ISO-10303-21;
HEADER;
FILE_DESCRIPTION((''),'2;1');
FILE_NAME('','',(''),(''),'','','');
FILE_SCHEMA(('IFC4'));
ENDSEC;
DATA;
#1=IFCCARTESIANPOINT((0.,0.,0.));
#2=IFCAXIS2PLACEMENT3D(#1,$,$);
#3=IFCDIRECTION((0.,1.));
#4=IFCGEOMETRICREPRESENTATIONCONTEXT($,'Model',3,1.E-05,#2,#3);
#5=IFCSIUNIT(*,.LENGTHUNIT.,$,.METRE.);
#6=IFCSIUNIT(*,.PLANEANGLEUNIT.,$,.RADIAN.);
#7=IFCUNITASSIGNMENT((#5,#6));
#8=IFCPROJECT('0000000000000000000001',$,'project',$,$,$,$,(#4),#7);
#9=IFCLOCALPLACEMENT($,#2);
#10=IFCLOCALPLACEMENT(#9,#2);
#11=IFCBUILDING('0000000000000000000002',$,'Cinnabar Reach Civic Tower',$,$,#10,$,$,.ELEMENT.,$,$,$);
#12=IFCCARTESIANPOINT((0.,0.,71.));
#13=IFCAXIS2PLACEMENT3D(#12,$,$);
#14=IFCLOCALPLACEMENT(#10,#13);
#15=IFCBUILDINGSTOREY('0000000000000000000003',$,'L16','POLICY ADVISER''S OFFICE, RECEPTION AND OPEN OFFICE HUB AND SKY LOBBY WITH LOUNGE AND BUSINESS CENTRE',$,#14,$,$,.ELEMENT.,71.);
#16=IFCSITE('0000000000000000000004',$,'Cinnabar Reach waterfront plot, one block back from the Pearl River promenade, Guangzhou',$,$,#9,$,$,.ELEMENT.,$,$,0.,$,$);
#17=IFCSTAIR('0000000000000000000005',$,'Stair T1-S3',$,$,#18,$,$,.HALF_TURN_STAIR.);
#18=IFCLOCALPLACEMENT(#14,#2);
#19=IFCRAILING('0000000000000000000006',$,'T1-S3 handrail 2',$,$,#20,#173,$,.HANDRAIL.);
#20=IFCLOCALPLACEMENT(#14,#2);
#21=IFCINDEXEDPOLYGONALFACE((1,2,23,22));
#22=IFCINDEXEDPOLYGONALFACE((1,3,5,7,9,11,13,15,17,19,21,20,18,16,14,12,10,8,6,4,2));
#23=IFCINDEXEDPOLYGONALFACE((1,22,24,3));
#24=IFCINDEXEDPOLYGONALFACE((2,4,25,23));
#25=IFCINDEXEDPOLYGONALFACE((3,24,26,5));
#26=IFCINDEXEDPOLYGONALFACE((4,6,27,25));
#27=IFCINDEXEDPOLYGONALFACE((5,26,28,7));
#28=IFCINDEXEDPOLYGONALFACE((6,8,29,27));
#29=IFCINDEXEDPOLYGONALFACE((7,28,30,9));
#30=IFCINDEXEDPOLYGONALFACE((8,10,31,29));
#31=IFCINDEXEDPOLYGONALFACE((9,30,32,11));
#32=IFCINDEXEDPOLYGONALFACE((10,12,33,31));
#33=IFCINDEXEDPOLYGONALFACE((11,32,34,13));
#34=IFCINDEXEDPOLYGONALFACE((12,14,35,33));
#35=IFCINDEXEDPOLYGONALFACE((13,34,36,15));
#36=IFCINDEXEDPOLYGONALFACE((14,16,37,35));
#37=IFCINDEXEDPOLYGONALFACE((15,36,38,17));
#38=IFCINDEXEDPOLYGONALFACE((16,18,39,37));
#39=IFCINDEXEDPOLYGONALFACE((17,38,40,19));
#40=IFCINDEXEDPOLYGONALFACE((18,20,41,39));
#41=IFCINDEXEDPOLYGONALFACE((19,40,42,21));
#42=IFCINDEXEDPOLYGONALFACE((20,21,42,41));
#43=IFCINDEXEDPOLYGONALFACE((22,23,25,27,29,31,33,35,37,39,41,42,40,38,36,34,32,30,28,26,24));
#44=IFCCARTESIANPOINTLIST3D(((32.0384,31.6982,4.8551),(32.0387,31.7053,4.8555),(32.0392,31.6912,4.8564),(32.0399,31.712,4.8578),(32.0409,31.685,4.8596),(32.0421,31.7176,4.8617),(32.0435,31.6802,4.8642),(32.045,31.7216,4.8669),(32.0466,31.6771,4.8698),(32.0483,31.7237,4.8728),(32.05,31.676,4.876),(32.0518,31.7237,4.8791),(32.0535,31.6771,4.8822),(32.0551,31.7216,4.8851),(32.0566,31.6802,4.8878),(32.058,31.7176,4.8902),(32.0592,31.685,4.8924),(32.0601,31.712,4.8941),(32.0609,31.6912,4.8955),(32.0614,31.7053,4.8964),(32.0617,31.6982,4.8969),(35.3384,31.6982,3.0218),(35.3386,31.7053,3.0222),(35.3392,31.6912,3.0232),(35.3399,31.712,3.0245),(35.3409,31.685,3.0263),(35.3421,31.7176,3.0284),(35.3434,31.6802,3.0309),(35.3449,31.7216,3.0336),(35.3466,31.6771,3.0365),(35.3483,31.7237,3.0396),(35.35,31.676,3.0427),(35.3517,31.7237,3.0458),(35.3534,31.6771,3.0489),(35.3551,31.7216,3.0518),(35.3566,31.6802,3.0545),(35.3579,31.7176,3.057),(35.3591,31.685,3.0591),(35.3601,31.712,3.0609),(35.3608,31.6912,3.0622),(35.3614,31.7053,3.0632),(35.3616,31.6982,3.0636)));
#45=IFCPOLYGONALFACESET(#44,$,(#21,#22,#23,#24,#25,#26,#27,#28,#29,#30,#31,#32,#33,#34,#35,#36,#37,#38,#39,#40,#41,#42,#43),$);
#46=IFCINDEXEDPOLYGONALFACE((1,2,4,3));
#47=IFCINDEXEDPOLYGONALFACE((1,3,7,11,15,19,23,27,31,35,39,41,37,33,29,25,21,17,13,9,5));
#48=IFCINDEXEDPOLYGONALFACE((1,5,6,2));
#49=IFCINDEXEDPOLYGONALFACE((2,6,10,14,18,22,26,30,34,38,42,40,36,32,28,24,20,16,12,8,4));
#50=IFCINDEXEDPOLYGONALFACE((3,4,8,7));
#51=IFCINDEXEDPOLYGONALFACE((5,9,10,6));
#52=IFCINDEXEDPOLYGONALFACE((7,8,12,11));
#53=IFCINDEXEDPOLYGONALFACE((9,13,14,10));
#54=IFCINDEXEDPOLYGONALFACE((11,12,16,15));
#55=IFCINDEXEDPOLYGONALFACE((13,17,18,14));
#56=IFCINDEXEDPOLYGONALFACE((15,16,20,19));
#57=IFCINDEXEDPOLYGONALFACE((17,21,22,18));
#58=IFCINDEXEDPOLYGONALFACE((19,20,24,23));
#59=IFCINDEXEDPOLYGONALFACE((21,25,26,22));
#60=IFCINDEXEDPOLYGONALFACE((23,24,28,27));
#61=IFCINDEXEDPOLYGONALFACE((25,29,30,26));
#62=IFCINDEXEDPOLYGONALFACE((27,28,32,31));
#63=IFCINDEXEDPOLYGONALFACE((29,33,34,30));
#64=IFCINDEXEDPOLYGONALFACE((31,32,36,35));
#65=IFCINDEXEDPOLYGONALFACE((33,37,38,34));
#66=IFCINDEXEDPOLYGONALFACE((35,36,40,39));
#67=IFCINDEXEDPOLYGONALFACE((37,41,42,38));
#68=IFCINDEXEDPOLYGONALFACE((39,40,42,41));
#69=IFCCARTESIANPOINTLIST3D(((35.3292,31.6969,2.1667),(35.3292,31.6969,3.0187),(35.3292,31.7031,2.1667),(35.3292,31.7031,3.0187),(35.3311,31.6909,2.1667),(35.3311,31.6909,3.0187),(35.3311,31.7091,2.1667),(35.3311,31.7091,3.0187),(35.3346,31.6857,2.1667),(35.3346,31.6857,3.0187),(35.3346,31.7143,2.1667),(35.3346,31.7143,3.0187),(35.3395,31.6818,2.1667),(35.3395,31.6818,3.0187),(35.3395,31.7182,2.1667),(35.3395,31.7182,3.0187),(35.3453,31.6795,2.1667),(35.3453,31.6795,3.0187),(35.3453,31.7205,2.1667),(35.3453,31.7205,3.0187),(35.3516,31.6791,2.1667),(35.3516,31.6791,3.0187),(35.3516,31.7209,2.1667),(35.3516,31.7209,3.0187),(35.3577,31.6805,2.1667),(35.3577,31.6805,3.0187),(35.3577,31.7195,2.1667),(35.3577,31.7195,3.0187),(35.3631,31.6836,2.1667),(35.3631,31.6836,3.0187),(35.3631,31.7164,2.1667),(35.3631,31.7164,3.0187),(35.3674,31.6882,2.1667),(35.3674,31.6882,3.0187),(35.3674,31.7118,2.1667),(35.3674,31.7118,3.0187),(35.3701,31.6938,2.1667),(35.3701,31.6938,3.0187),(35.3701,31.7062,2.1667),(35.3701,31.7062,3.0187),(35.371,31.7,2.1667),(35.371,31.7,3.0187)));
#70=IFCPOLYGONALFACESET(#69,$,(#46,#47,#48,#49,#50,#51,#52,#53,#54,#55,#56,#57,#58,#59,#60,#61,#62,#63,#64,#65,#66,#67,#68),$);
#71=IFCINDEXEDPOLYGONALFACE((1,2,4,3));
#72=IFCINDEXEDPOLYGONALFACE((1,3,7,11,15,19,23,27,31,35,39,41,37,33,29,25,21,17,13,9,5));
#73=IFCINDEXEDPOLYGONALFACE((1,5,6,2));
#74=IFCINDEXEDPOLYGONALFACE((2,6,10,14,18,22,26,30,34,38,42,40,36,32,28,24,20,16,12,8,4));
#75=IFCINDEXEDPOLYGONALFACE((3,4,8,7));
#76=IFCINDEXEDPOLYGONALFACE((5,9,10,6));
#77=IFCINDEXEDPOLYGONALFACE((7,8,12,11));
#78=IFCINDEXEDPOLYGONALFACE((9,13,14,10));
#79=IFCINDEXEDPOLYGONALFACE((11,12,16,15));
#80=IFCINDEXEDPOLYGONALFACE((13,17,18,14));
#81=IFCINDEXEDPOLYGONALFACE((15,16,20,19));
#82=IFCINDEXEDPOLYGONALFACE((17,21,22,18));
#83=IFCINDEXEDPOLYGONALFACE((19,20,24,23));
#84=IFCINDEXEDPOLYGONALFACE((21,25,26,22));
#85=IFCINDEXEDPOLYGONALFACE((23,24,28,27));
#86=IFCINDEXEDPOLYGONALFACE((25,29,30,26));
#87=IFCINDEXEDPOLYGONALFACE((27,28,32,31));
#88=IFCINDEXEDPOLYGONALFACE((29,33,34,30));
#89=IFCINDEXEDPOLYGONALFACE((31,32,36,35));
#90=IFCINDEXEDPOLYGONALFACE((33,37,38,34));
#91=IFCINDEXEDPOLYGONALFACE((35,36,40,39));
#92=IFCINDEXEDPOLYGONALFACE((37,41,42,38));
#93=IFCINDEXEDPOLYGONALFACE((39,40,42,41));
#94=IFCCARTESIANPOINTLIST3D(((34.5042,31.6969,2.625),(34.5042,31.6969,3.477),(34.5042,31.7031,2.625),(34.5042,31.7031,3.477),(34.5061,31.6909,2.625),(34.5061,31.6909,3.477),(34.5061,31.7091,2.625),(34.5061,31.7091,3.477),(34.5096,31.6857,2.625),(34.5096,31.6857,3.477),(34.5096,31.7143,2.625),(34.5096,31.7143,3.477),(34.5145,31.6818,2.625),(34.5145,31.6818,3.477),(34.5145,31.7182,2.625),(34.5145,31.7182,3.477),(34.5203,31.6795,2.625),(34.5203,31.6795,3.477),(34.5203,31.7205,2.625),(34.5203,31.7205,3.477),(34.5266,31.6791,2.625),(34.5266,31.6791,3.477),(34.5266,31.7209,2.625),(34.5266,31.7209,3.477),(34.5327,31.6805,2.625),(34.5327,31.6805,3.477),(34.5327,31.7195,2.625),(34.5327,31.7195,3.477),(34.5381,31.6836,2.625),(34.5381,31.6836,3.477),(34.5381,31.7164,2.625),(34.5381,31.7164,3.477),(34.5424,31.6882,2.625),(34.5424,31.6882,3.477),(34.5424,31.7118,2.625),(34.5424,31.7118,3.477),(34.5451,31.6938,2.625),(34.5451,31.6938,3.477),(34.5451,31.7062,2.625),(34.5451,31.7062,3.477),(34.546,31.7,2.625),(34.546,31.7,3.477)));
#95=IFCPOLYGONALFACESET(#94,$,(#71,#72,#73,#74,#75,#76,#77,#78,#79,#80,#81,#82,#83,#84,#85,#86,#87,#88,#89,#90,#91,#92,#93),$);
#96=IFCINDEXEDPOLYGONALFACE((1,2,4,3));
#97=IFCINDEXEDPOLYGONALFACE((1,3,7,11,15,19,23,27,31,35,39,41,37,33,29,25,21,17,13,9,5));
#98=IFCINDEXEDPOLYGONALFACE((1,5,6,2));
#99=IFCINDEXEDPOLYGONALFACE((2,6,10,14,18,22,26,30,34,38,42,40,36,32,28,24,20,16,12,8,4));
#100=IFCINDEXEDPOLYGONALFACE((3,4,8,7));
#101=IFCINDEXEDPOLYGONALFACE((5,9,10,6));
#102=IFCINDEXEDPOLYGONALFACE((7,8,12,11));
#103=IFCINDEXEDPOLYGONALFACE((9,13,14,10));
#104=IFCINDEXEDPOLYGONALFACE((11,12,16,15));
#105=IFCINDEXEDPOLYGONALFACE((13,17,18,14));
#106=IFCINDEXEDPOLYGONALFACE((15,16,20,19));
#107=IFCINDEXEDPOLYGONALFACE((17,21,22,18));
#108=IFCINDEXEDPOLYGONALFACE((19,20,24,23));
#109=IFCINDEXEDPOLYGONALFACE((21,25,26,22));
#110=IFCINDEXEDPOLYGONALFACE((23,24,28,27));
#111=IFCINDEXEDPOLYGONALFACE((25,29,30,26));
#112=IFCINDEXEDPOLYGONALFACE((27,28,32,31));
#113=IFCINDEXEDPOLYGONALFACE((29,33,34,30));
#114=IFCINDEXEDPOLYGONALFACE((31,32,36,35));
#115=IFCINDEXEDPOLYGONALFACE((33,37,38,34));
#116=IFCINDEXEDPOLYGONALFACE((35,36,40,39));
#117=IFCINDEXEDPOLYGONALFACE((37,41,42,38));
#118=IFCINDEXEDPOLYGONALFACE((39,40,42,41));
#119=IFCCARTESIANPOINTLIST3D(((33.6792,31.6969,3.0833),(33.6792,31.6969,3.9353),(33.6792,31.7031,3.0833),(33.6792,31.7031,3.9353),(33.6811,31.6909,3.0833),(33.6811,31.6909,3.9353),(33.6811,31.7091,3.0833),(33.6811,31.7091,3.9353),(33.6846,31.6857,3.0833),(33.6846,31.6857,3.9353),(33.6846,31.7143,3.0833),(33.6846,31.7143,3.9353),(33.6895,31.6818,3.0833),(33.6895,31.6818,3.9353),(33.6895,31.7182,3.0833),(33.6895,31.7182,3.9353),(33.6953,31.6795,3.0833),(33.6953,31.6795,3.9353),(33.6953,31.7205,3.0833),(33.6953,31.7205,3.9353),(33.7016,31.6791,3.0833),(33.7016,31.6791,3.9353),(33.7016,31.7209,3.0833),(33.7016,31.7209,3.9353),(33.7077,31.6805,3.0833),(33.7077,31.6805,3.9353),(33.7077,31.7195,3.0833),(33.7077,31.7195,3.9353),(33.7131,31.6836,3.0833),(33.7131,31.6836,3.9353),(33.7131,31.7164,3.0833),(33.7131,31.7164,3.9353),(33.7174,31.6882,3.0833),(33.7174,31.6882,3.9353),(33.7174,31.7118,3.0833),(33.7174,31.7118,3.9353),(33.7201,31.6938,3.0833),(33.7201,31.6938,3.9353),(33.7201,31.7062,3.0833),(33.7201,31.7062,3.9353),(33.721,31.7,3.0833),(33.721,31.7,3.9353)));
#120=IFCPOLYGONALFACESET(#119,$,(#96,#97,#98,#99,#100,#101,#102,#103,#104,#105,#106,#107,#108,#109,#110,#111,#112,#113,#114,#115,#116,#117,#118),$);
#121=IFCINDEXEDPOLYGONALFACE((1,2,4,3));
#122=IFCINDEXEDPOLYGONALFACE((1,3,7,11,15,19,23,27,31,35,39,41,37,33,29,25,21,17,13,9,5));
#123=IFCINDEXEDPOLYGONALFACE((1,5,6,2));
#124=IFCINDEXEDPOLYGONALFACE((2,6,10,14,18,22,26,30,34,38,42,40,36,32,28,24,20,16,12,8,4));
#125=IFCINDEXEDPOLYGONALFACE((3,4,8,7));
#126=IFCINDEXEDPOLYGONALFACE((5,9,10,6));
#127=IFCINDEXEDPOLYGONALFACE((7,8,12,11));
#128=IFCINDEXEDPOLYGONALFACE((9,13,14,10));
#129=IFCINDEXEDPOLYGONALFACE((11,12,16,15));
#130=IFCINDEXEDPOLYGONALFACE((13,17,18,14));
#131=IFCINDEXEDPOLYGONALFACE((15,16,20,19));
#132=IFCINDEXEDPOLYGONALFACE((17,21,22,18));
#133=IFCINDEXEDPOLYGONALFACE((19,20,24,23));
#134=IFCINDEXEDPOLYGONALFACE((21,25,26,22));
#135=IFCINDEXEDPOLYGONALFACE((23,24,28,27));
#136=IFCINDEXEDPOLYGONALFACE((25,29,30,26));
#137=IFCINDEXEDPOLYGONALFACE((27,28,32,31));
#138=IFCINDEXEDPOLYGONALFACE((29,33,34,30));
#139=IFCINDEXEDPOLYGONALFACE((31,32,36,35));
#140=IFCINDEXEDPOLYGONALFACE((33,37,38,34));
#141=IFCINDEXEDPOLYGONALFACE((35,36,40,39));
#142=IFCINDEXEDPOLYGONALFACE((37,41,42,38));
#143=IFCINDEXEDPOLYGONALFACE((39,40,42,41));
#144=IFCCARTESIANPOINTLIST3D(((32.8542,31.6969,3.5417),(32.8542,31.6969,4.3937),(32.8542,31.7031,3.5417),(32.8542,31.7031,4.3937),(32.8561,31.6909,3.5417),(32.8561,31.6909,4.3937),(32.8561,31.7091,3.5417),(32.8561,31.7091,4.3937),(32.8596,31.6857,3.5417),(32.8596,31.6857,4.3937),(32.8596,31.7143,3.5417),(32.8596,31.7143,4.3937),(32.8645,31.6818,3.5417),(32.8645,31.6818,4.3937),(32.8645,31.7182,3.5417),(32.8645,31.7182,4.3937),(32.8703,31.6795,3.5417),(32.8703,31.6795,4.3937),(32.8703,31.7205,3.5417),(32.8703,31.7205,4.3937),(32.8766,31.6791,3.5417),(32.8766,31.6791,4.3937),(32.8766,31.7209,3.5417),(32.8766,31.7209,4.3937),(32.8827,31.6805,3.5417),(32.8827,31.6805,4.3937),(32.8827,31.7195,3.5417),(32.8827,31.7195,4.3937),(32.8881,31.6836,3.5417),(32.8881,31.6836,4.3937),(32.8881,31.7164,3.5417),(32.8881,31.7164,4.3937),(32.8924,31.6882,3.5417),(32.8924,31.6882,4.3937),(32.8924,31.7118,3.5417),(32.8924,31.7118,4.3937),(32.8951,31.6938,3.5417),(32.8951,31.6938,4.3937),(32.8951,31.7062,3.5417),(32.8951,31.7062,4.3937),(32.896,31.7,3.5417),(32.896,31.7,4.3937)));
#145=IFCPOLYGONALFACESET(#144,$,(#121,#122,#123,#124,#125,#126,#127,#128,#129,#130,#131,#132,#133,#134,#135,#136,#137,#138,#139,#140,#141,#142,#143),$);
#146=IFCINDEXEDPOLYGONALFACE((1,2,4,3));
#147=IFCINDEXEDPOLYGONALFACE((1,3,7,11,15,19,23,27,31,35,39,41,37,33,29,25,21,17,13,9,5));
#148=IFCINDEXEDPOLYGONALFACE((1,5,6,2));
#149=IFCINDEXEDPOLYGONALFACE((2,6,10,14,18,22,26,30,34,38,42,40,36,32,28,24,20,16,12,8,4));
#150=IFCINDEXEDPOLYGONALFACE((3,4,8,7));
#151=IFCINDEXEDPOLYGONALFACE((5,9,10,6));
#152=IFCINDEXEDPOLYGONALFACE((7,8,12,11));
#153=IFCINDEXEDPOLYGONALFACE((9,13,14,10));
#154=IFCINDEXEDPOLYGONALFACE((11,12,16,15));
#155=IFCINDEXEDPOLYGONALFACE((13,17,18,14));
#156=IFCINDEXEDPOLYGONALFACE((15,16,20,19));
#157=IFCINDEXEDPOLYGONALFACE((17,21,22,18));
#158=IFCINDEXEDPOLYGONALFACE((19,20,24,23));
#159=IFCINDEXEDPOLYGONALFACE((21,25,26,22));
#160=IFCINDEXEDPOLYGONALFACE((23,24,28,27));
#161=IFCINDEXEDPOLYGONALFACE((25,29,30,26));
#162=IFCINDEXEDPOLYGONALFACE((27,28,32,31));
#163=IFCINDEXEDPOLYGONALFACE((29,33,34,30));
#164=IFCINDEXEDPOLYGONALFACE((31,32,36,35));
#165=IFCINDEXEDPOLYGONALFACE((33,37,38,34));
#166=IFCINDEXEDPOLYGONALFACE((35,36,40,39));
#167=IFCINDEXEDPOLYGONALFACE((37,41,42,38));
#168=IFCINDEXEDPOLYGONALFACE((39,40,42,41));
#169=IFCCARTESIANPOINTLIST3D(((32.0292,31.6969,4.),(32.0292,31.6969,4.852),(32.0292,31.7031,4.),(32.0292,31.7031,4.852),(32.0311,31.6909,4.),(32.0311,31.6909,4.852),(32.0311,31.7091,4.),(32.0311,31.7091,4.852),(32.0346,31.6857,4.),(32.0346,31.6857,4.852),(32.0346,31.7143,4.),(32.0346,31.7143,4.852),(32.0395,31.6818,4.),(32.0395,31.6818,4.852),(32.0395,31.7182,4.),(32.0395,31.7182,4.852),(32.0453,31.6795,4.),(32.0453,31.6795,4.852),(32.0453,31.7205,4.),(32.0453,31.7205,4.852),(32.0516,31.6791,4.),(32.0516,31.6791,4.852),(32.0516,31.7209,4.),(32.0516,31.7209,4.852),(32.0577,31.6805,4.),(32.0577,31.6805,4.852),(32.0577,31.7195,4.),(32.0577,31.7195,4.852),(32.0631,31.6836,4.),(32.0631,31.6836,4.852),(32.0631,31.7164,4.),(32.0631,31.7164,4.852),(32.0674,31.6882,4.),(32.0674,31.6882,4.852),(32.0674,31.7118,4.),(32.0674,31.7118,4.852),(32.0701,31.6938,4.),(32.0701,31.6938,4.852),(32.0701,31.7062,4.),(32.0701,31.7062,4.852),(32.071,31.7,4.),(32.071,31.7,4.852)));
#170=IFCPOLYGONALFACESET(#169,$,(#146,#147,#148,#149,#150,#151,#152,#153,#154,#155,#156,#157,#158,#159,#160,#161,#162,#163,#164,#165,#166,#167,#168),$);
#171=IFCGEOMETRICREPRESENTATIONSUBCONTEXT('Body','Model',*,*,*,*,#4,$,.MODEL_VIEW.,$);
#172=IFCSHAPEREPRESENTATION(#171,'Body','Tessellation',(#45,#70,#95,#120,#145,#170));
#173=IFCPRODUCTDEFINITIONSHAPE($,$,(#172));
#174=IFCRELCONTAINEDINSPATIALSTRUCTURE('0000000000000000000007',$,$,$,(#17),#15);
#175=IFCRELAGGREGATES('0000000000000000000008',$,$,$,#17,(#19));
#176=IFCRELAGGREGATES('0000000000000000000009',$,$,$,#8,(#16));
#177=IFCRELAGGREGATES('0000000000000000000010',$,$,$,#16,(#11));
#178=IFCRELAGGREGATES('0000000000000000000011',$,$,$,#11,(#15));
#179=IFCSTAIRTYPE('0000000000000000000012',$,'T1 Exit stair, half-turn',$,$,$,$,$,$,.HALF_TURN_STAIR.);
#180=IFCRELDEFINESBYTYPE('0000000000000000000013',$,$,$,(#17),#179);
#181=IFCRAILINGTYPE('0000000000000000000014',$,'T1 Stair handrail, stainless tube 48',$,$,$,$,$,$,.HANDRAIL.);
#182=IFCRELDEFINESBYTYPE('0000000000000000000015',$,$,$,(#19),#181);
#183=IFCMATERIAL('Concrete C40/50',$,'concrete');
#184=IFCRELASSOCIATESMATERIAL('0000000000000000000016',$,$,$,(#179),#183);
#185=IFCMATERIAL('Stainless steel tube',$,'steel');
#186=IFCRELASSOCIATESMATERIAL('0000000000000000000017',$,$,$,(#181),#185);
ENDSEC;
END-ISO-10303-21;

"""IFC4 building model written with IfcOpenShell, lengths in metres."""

from ifc_helpers import new_model, si_unit, direction, frame, origin, origin_2d, place, context, subcontext, project, spatial, circle, extrude, material, type_object, element, aggregate, save


model = new_model("IFC4")

# Units and contexts
model_context = context("Model", 3, precision=1e-05, world=origin(), true_north=direction((0.0, 1.0)))
body_context = subcontext(model_context, "Body", "Model", "MODEL_VIEW")
ifc_project = project(units=[si_unit("LENGTHUNIT", "METRE"), si_unit("PLANEANGLEUNIT", "RADIAN")], contexts=[model_context])

# Site, building, storey
site_placement = place(None, origin())
site = spatial("IfcSite", under=ifc_project, at=site_placement, Name="Cinnabar Reach waterfront plot, one block back from the Pearl River promenade, Guangzhou", CompositionType="ELEMENT", RefElevation=0.0)
building_placement = place(site_placement, origin())
building = spatial("IfcBuilding", under=site, at=building_placement, Name="Cinnabar Reach Civic Tower", CompositionType="ELEMENT")
storey_placement = place(building_placement, frame((0.0, 0.0, 71.0)))
storey = spatial("IfcBuildingStorey", under=building, at=storey_placement, Name="L16", Description="POLICY ADVISER'S OFFICE, RECEPTION AND OPEN OFFICE HUB AND SKY LOBBY WITH LOUNGE AND BUSINESS CENTRE", CompositionType="ELEMENT", Elevation=71.0)

# Stair, railing
ifc_material_1 = material(Name="Concrete C40/50", Category="concrete")
stair_type = type_object("IfcStairType", Name="T1 Exit stair, half-turn", PredefinedType="HALF_TURN_STAIR", material=ifc_material_1)
stair_placement = place(storey_placement, origin())
stair = element("IfcStair", 1, at=stair_placement, inside=storey, type_object=stair_type, Name="Stair T1-S3", PredefinedType="HALF_TURN_STAIR")
ifc_material_2 = material(Name="Stainless steel tube", Category="steel")
railing_type = type_object("IfcRailingType", Name="T1 Stair handrail, stainless tube 48", PredefinedType="HANDRAIL", material=ifc_material_2)
railing_1_placement = place(storey_placement, frame((35.35, 31.7, 2.1667)))
railing_1 = element("IfcRailing", 2, at=railing_1_placement, type_object=railing_type, Name="T1-S3 handrail 2", PredefinedType="HANDRAIL", context=body_context, shape_type="SweptSolid", body=[
    extrude(circle(Radius=0.024, at=origin_2d()), frame((0.0, 0.0, 0.876), z_axis=(-0.874161, 0.0, 0.485636), x_axis=(0.0, -1.0, 0.0)), (0.0, 0.0, 1.0), 3.775),
    extrude(circle(Radius=0.021, at=origin_2d()), origin(), (0.0, 0.0, 1.0), 0.852),
    extrude(circle(Radius=0.021, at=origin_2d()), frame((-0.825, 0.0, 0.4583)), (0.0, 0.0, 1.0), 0.852),
    extrude(circle(Radius=0.021, at=origin_2d()), frame((-1.65, 0.0, 0.9166)), (0.0, 0.0, 1.0), 0.852),
    extrude(circle(Radius=0.021, at=origin_2d()), frame((-2.475, 0.0, 1.375)), (0.0, 0.0, 1.0), 0.852),
    extrude(circle(Radius=0.021, at=origin_2d()), frame((-3.3, 0.0, 1.8333)), (0.0, 0.0, 1.0), 0.852),
])
aggregate(stair, [railing_1])

save(model, "model.ifc")
